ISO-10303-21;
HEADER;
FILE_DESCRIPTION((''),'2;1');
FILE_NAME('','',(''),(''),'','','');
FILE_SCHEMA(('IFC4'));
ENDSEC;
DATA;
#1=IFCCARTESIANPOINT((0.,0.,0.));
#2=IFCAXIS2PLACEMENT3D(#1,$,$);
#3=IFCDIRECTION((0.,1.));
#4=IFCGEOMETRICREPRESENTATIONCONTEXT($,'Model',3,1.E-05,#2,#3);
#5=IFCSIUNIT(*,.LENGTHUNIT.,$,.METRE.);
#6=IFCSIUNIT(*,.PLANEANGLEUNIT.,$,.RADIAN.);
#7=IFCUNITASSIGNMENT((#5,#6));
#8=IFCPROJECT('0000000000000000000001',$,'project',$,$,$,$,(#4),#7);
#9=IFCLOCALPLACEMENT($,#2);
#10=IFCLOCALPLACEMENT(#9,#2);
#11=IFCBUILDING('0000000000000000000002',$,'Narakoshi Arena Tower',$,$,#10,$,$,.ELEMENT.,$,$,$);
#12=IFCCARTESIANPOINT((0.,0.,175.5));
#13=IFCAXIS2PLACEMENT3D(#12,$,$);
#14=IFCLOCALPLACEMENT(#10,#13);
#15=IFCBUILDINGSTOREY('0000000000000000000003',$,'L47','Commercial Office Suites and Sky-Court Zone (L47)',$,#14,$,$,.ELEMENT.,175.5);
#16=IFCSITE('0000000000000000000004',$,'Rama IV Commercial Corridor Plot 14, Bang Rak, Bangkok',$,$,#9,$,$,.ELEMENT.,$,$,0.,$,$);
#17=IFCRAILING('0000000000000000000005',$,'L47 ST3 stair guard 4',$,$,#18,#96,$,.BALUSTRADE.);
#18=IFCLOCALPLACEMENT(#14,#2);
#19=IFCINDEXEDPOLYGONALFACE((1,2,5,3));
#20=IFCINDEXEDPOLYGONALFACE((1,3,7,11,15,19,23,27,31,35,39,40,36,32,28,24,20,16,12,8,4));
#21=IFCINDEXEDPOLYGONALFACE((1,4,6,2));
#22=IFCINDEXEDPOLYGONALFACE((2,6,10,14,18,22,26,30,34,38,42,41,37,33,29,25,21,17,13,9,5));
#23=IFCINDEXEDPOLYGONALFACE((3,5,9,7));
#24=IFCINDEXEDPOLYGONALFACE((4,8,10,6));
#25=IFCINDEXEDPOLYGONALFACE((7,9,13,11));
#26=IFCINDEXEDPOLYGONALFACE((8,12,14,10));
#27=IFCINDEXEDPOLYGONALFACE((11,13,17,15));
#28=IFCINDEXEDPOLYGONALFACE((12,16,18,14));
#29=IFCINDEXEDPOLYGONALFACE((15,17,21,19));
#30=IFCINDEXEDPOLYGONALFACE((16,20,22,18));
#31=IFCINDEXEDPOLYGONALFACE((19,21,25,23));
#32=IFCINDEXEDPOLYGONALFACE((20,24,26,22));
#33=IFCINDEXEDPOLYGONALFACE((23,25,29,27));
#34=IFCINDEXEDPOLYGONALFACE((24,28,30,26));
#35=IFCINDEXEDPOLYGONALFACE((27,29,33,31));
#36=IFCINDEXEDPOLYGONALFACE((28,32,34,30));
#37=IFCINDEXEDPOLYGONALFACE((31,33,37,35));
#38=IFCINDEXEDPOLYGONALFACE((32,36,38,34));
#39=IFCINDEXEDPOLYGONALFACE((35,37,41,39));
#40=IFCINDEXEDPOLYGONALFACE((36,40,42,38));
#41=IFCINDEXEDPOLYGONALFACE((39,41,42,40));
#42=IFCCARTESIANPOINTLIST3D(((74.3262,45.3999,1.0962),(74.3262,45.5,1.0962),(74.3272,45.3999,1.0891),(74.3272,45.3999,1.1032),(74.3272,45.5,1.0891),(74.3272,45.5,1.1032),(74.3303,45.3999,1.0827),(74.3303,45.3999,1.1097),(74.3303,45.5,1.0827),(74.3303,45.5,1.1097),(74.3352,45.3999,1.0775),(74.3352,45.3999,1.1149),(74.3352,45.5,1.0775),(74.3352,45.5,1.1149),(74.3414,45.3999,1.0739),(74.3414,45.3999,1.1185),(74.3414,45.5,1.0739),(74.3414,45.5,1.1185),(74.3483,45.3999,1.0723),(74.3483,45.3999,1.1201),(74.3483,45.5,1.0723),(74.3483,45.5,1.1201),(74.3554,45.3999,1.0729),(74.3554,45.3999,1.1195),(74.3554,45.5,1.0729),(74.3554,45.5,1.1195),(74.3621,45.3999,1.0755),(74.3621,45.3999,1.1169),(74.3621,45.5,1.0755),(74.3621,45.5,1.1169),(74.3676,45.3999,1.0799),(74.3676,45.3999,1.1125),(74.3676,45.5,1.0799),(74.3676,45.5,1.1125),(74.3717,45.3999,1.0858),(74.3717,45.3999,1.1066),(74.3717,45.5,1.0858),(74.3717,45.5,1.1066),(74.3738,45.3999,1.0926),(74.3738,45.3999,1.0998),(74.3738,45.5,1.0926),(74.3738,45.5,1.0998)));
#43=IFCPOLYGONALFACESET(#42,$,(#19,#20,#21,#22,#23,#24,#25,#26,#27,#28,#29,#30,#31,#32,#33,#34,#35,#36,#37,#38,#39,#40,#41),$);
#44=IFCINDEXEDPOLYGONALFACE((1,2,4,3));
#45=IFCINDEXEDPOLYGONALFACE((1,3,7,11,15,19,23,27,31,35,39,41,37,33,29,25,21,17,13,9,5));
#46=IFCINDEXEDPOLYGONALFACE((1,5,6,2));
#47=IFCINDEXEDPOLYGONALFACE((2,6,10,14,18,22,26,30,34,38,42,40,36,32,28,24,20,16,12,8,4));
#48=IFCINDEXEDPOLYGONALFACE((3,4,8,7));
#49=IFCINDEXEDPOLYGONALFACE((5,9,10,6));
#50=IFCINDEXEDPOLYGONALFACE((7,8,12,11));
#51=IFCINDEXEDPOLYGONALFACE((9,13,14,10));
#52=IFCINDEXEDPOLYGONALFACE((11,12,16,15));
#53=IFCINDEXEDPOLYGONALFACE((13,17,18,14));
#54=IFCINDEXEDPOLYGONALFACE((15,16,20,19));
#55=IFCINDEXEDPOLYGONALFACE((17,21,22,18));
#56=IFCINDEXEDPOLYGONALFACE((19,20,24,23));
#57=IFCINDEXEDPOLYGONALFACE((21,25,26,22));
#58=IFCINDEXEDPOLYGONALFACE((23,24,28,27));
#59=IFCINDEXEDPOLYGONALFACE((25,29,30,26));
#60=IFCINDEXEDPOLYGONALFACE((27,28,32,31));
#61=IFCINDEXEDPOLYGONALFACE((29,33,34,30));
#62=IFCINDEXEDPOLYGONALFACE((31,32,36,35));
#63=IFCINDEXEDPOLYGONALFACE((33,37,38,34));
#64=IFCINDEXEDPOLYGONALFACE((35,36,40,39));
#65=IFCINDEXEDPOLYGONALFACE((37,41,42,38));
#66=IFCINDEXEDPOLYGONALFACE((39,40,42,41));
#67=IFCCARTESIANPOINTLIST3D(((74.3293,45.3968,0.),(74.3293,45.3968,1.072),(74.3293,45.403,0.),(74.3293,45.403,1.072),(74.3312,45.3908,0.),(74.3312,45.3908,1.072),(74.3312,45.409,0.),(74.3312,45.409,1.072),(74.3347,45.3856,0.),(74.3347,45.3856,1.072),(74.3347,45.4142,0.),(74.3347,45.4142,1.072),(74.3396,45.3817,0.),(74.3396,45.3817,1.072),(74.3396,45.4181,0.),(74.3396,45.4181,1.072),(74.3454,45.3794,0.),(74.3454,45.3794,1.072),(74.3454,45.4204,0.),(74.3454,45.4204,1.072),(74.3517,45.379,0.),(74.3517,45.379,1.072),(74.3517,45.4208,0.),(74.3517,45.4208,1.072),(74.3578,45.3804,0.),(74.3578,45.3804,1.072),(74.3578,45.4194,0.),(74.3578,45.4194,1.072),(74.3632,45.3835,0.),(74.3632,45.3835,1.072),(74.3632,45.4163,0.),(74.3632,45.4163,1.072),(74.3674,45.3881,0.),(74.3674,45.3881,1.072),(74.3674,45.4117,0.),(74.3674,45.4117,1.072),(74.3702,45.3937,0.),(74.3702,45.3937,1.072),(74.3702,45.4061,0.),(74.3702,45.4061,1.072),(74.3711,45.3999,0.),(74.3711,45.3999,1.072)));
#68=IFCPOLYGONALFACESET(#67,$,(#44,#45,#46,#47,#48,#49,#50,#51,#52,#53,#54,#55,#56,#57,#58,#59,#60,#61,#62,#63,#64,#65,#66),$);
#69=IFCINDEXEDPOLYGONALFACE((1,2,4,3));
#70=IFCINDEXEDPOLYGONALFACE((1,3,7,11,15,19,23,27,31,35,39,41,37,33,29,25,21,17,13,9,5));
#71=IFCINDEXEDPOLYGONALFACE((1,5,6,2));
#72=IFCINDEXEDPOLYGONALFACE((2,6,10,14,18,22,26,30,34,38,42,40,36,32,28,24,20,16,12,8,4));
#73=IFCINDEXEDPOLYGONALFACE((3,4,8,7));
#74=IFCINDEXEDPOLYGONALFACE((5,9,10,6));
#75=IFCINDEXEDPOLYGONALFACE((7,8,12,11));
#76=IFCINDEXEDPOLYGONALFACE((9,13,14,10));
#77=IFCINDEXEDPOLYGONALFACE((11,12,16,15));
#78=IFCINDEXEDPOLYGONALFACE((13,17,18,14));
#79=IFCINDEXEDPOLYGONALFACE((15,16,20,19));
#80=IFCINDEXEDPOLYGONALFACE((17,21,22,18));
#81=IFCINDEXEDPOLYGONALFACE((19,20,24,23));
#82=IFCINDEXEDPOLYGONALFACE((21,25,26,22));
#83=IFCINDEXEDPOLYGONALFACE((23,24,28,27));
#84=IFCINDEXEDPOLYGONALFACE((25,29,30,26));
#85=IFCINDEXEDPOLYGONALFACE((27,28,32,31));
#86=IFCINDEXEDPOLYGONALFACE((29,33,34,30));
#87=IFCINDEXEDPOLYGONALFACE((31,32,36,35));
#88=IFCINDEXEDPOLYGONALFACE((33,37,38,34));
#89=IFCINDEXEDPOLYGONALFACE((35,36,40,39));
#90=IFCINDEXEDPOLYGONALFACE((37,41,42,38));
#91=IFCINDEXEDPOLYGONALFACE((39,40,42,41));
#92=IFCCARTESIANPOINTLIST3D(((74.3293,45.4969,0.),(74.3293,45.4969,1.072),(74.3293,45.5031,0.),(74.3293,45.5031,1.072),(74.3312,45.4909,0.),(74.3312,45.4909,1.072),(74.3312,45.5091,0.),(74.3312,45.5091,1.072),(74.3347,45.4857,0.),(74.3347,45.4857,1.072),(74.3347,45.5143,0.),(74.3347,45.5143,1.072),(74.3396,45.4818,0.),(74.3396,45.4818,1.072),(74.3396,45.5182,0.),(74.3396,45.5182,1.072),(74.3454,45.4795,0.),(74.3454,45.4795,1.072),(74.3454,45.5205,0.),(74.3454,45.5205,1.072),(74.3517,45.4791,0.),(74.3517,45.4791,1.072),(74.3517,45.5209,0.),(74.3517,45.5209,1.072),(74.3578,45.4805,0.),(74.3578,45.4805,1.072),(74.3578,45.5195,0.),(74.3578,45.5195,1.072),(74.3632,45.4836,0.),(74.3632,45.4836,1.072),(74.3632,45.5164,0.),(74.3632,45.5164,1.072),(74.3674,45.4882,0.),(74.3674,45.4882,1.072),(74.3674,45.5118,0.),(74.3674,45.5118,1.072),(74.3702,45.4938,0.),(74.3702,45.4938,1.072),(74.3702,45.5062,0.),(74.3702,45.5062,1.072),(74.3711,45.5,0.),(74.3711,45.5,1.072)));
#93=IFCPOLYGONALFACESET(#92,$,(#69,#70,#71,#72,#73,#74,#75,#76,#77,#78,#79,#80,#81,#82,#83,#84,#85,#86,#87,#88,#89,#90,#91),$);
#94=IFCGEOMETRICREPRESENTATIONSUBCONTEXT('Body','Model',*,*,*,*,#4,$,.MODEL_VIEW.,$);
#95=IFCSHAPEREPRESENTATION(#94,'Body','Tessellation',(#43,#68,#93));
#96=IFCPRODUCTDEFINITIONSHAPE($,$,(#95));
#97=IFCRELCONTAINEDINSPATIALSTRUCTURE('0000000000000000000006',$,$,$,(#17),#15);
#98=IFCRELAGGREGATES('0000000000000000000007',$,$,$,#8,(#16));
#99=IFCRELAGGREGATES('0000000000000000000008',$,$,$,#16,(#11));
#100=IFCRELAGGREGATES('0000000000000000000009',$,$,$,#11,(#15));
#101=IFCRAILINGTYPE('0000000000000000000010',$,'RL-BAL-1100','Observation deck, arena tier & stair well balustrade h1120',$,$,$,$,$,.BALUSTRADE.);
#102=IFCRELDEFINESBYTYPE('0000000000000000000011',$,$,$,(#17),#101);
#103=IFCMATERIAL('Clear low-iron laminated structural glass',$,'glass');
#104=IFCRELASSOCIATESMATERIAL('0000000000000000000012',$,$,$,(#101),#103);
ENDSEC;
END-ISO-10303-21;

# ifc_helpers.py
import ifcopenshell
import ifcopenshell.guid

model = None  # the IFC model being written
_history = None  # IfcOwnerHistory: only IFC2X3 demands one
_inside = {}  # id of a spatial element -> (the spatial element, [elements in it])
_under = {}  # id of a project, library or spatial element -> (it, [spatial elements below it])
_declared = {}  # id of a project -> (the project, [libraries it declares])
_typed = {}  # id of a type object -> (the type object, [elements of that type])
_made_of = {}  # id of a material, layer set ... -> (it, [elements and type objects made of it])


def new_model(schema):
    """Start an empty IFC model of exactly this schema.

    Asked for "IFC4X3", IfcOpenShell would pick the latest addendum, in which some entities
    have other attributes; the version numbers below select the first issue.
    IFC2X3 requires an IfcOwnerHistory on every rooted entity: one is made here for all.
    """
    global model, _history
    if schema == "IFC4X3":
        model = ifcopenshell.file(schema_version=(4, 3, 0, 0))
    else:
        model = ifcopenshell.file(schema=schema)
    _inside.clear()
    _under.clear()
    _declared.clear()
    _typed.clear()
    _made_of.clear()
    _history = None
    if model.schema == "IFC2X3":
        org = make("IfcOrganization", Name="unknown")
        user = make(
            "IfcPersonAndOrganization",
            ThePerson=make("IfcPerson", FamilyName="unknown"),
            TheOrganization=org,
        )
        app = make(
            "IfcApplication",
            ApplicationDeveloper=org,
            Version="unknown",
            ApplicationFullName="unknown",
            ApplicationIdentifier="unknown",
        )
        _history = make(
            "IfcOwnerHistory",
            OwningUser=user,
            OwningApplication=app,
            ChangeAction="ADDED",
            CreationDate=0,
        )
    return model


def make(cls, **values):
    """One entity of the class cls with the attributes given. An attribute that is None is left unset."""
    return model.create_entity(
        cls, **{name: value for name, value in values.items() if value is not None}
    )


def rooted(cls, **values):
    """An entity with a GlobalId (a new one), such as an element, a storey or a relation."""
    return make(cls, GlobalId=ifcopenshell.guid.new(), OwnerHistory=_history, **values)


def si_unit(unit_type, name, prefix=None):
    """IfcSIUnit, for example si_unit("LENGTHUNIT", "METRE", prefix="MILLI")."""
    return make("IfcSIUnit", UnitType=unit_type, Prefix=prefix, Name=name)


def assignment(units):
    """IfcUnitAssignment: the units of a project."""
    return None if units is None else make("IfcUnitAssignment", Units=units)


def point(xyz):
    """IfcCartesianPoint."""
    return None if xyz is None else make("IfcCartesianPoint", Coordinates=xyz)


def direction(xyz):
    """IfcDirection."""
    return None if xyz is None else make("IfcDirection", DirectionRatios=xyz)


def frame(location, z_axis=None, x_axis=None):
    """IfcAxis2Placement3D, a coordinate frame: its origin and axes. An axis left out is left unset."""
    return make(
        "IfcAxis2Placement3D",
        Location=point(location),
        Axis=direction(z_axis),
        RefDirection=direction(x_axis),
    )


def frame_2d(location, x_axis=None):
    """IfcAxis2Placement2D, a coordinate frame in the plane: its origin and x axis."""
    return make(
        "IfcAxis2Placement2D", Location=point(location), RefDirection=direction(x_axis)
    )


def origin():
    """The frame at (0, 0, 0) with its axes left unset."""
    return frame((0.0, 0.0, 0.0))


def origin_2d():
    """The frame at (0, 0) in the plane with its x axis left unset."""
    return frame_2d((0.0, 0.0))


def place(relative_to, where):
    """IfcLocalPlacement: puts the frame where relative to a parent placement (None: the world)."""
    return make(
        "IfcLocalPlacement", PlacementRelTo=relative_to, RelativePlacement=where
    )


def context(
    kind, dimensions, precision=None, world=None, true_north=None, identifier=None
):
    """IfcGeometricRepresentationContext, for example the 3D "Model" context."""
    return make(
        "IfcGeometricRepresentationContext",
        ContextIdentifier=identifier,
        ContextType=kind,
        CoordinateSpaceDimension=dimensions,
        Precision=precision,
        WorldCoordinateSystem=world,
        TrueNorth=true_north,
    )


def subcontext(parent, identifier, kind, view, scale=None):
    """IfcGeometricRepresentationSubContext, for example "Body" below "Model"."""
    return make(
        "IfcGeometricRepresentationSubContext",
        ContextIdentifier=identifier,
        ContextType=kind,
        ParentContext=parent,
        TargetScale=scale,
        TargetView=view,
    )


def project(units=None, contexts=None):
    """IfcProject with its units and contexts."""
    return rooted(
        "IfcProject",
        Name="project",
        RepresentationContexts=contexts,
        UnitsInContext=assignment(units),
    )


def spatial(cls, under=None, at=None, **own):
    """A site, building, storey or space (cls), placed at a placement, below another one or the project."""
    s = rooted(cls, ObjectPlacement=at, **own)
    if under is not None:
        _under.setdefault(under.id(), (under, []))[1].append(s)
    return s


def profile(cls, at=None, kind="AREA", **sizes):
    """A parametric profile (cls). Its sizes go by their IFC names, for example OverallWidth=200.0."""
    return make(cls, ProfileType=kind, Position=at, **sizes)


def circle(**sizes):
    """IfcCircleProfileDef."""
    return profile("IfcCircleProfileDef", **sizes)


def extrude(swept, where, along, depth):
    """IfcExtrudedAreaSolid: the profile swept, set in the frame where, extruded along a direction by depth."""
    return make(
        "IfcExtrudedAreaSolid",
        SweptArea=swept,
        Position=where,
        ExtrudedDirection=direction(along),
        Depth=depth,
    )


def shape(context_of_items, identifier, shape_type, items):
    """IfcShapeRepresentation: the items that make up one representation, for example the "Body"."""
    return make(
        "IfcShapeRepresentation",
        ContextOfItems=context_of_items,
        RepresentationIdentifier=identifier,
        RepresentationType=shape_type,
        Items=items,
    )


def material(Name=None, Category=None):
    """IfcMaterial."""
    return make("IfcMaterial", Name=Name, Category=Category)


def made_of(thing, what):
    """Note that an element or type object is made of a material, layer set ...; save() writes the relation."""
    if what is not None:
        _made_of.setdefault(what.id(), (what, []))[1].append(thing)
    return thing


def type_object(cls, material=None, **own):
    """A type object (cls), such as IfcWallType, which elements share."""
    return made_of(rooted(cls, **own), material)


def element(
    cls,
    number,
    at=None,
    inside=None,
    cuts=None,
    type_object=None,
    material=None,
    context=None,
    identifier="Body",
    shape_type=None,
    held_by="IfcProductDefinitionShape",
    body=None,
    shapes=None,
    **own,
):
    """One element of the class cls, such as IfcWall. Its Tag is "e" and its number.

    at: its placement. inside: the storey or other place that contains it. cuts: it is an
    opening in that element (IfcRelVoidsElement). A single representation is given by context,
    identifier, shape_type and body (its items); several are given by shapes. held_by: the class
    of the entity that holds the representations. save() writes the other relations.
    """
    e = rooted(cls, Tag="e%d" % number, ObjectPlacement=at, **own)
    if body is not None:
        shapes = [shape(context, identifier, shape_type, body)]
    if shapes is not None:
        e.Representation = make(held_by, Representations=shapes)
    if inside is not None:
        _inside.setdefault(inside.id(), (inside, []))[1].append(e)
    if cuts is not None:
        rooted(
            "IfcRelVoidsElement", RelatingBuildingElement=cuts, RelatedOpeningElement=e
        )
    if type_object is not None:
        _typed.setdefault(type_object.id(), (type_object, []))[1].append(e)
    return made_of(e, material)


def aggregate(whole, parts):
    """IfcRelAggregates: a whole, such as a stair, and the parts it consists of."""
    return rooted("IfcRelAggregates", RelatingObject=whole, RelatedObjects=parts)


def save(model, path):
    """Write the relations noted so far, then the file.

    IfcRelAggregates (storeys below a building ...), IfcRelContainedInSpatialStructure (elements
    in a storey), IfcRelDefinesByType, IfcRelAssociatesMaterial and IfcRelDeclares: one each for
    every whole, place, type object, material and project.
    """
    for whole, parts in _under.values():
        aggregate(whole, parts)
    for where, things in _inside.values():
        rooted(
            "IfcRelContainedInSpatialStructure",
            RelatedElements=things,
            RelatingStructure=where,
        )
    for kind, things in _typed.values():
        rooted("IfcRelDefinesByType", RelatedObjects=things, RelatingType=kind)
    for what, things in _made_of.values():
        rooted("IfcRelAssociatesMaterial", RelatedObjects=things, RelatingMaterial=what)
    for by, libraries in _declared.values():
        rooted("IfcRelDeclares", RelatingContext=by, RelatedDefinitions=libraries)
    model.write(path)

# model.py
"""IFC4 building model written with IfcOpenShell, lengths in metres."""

from ifc_helpers import new_model, si_unit, direction, frame, origin, origin_2d, place, context, subcontext, project, spatial, circle, extrude, material, type_object, element, save


model = new_model("IFC4")

# Units and contexts
model_context = context("Model", 3, precision=1e-05, world=origin(), true_north=direction((0.0, 1.0)))
body_context = subcontext(model_context, "Body", "Model", "MODEL_VIEW")
ifc_project = project(units=[si_unit("LENGTHUNIT", "METRE"), si_unit("PLANEANGLEUNIT", "RADIAN")], contexts=[model_context])

# Site, building, storey
site_placement = place(None, origin())
site = spatial("IfcSite", under=ifc_project, at=site_placement, Name="Rama IV Commercial Corridor Plot 14, Bang Rak, Bangkok", CompositionType="ELEMENT", RefElevation=0.0)
building_placement = place(site_placement, origin())
building = spatial("IfcBuilding", under=site, at=building_placement, Name="Narakoshi Arena Tower", CompositionType="ELEMENT")
storey_placement = place(building_placement, frame((0.0, 0.0, 175.5)))
storey = spatial("IfcBuildingStorey", under=building, at=storey_placement, Name="L47", Description="Commercial Office Suites and Sky-Court Zone (L47)", CompositionType="ELEMENT", Elevation=175.5)

# Railing
ifc_material_1 = material(Name="Clear low-iron laminated structural glass", Category="glass")
railing_type_1 = type_object("IfcRailingType", Name="RL-BAL-1100", Description="Observation deck, arena tier & stair well balustrade h1120", PredefinedType="BALUSTRADE", material=ifc_material_1)
railing_1_placement = place(storey_placement, frame((74.3501, 45.3999, 0.0)))
element("IfcRailing", 1, at=railing_1_placement, inside=storey, type_object=railing_type_1, Name="L47 ST3 stair guard 4", PredefinedType="BALUSTRADE", context=body_context, shape_type="SweptSolid", body=[
    extrude(circle(Radius=0.0239, at=origin_2d()), frame((0.0, 0.0, 1.0962), z_axis=(0.0, 1.0, 0.0), x_axis=(-1.0, 0.0, 0.0)), (0.0, 0.0, 1.0), 0.1001),
    extrude(circle(Radius=0.021, at=origin_2d()), origin(), (0.0, 0.0, 1.0), 1.072),
    extrude(circle(Radius=0.021, at=origin_2d()), frame((0.0, 0.1001, 0.0)), (0.0, 0.0, 1.0), 1.072),
])

save(model, "model.ifc")
